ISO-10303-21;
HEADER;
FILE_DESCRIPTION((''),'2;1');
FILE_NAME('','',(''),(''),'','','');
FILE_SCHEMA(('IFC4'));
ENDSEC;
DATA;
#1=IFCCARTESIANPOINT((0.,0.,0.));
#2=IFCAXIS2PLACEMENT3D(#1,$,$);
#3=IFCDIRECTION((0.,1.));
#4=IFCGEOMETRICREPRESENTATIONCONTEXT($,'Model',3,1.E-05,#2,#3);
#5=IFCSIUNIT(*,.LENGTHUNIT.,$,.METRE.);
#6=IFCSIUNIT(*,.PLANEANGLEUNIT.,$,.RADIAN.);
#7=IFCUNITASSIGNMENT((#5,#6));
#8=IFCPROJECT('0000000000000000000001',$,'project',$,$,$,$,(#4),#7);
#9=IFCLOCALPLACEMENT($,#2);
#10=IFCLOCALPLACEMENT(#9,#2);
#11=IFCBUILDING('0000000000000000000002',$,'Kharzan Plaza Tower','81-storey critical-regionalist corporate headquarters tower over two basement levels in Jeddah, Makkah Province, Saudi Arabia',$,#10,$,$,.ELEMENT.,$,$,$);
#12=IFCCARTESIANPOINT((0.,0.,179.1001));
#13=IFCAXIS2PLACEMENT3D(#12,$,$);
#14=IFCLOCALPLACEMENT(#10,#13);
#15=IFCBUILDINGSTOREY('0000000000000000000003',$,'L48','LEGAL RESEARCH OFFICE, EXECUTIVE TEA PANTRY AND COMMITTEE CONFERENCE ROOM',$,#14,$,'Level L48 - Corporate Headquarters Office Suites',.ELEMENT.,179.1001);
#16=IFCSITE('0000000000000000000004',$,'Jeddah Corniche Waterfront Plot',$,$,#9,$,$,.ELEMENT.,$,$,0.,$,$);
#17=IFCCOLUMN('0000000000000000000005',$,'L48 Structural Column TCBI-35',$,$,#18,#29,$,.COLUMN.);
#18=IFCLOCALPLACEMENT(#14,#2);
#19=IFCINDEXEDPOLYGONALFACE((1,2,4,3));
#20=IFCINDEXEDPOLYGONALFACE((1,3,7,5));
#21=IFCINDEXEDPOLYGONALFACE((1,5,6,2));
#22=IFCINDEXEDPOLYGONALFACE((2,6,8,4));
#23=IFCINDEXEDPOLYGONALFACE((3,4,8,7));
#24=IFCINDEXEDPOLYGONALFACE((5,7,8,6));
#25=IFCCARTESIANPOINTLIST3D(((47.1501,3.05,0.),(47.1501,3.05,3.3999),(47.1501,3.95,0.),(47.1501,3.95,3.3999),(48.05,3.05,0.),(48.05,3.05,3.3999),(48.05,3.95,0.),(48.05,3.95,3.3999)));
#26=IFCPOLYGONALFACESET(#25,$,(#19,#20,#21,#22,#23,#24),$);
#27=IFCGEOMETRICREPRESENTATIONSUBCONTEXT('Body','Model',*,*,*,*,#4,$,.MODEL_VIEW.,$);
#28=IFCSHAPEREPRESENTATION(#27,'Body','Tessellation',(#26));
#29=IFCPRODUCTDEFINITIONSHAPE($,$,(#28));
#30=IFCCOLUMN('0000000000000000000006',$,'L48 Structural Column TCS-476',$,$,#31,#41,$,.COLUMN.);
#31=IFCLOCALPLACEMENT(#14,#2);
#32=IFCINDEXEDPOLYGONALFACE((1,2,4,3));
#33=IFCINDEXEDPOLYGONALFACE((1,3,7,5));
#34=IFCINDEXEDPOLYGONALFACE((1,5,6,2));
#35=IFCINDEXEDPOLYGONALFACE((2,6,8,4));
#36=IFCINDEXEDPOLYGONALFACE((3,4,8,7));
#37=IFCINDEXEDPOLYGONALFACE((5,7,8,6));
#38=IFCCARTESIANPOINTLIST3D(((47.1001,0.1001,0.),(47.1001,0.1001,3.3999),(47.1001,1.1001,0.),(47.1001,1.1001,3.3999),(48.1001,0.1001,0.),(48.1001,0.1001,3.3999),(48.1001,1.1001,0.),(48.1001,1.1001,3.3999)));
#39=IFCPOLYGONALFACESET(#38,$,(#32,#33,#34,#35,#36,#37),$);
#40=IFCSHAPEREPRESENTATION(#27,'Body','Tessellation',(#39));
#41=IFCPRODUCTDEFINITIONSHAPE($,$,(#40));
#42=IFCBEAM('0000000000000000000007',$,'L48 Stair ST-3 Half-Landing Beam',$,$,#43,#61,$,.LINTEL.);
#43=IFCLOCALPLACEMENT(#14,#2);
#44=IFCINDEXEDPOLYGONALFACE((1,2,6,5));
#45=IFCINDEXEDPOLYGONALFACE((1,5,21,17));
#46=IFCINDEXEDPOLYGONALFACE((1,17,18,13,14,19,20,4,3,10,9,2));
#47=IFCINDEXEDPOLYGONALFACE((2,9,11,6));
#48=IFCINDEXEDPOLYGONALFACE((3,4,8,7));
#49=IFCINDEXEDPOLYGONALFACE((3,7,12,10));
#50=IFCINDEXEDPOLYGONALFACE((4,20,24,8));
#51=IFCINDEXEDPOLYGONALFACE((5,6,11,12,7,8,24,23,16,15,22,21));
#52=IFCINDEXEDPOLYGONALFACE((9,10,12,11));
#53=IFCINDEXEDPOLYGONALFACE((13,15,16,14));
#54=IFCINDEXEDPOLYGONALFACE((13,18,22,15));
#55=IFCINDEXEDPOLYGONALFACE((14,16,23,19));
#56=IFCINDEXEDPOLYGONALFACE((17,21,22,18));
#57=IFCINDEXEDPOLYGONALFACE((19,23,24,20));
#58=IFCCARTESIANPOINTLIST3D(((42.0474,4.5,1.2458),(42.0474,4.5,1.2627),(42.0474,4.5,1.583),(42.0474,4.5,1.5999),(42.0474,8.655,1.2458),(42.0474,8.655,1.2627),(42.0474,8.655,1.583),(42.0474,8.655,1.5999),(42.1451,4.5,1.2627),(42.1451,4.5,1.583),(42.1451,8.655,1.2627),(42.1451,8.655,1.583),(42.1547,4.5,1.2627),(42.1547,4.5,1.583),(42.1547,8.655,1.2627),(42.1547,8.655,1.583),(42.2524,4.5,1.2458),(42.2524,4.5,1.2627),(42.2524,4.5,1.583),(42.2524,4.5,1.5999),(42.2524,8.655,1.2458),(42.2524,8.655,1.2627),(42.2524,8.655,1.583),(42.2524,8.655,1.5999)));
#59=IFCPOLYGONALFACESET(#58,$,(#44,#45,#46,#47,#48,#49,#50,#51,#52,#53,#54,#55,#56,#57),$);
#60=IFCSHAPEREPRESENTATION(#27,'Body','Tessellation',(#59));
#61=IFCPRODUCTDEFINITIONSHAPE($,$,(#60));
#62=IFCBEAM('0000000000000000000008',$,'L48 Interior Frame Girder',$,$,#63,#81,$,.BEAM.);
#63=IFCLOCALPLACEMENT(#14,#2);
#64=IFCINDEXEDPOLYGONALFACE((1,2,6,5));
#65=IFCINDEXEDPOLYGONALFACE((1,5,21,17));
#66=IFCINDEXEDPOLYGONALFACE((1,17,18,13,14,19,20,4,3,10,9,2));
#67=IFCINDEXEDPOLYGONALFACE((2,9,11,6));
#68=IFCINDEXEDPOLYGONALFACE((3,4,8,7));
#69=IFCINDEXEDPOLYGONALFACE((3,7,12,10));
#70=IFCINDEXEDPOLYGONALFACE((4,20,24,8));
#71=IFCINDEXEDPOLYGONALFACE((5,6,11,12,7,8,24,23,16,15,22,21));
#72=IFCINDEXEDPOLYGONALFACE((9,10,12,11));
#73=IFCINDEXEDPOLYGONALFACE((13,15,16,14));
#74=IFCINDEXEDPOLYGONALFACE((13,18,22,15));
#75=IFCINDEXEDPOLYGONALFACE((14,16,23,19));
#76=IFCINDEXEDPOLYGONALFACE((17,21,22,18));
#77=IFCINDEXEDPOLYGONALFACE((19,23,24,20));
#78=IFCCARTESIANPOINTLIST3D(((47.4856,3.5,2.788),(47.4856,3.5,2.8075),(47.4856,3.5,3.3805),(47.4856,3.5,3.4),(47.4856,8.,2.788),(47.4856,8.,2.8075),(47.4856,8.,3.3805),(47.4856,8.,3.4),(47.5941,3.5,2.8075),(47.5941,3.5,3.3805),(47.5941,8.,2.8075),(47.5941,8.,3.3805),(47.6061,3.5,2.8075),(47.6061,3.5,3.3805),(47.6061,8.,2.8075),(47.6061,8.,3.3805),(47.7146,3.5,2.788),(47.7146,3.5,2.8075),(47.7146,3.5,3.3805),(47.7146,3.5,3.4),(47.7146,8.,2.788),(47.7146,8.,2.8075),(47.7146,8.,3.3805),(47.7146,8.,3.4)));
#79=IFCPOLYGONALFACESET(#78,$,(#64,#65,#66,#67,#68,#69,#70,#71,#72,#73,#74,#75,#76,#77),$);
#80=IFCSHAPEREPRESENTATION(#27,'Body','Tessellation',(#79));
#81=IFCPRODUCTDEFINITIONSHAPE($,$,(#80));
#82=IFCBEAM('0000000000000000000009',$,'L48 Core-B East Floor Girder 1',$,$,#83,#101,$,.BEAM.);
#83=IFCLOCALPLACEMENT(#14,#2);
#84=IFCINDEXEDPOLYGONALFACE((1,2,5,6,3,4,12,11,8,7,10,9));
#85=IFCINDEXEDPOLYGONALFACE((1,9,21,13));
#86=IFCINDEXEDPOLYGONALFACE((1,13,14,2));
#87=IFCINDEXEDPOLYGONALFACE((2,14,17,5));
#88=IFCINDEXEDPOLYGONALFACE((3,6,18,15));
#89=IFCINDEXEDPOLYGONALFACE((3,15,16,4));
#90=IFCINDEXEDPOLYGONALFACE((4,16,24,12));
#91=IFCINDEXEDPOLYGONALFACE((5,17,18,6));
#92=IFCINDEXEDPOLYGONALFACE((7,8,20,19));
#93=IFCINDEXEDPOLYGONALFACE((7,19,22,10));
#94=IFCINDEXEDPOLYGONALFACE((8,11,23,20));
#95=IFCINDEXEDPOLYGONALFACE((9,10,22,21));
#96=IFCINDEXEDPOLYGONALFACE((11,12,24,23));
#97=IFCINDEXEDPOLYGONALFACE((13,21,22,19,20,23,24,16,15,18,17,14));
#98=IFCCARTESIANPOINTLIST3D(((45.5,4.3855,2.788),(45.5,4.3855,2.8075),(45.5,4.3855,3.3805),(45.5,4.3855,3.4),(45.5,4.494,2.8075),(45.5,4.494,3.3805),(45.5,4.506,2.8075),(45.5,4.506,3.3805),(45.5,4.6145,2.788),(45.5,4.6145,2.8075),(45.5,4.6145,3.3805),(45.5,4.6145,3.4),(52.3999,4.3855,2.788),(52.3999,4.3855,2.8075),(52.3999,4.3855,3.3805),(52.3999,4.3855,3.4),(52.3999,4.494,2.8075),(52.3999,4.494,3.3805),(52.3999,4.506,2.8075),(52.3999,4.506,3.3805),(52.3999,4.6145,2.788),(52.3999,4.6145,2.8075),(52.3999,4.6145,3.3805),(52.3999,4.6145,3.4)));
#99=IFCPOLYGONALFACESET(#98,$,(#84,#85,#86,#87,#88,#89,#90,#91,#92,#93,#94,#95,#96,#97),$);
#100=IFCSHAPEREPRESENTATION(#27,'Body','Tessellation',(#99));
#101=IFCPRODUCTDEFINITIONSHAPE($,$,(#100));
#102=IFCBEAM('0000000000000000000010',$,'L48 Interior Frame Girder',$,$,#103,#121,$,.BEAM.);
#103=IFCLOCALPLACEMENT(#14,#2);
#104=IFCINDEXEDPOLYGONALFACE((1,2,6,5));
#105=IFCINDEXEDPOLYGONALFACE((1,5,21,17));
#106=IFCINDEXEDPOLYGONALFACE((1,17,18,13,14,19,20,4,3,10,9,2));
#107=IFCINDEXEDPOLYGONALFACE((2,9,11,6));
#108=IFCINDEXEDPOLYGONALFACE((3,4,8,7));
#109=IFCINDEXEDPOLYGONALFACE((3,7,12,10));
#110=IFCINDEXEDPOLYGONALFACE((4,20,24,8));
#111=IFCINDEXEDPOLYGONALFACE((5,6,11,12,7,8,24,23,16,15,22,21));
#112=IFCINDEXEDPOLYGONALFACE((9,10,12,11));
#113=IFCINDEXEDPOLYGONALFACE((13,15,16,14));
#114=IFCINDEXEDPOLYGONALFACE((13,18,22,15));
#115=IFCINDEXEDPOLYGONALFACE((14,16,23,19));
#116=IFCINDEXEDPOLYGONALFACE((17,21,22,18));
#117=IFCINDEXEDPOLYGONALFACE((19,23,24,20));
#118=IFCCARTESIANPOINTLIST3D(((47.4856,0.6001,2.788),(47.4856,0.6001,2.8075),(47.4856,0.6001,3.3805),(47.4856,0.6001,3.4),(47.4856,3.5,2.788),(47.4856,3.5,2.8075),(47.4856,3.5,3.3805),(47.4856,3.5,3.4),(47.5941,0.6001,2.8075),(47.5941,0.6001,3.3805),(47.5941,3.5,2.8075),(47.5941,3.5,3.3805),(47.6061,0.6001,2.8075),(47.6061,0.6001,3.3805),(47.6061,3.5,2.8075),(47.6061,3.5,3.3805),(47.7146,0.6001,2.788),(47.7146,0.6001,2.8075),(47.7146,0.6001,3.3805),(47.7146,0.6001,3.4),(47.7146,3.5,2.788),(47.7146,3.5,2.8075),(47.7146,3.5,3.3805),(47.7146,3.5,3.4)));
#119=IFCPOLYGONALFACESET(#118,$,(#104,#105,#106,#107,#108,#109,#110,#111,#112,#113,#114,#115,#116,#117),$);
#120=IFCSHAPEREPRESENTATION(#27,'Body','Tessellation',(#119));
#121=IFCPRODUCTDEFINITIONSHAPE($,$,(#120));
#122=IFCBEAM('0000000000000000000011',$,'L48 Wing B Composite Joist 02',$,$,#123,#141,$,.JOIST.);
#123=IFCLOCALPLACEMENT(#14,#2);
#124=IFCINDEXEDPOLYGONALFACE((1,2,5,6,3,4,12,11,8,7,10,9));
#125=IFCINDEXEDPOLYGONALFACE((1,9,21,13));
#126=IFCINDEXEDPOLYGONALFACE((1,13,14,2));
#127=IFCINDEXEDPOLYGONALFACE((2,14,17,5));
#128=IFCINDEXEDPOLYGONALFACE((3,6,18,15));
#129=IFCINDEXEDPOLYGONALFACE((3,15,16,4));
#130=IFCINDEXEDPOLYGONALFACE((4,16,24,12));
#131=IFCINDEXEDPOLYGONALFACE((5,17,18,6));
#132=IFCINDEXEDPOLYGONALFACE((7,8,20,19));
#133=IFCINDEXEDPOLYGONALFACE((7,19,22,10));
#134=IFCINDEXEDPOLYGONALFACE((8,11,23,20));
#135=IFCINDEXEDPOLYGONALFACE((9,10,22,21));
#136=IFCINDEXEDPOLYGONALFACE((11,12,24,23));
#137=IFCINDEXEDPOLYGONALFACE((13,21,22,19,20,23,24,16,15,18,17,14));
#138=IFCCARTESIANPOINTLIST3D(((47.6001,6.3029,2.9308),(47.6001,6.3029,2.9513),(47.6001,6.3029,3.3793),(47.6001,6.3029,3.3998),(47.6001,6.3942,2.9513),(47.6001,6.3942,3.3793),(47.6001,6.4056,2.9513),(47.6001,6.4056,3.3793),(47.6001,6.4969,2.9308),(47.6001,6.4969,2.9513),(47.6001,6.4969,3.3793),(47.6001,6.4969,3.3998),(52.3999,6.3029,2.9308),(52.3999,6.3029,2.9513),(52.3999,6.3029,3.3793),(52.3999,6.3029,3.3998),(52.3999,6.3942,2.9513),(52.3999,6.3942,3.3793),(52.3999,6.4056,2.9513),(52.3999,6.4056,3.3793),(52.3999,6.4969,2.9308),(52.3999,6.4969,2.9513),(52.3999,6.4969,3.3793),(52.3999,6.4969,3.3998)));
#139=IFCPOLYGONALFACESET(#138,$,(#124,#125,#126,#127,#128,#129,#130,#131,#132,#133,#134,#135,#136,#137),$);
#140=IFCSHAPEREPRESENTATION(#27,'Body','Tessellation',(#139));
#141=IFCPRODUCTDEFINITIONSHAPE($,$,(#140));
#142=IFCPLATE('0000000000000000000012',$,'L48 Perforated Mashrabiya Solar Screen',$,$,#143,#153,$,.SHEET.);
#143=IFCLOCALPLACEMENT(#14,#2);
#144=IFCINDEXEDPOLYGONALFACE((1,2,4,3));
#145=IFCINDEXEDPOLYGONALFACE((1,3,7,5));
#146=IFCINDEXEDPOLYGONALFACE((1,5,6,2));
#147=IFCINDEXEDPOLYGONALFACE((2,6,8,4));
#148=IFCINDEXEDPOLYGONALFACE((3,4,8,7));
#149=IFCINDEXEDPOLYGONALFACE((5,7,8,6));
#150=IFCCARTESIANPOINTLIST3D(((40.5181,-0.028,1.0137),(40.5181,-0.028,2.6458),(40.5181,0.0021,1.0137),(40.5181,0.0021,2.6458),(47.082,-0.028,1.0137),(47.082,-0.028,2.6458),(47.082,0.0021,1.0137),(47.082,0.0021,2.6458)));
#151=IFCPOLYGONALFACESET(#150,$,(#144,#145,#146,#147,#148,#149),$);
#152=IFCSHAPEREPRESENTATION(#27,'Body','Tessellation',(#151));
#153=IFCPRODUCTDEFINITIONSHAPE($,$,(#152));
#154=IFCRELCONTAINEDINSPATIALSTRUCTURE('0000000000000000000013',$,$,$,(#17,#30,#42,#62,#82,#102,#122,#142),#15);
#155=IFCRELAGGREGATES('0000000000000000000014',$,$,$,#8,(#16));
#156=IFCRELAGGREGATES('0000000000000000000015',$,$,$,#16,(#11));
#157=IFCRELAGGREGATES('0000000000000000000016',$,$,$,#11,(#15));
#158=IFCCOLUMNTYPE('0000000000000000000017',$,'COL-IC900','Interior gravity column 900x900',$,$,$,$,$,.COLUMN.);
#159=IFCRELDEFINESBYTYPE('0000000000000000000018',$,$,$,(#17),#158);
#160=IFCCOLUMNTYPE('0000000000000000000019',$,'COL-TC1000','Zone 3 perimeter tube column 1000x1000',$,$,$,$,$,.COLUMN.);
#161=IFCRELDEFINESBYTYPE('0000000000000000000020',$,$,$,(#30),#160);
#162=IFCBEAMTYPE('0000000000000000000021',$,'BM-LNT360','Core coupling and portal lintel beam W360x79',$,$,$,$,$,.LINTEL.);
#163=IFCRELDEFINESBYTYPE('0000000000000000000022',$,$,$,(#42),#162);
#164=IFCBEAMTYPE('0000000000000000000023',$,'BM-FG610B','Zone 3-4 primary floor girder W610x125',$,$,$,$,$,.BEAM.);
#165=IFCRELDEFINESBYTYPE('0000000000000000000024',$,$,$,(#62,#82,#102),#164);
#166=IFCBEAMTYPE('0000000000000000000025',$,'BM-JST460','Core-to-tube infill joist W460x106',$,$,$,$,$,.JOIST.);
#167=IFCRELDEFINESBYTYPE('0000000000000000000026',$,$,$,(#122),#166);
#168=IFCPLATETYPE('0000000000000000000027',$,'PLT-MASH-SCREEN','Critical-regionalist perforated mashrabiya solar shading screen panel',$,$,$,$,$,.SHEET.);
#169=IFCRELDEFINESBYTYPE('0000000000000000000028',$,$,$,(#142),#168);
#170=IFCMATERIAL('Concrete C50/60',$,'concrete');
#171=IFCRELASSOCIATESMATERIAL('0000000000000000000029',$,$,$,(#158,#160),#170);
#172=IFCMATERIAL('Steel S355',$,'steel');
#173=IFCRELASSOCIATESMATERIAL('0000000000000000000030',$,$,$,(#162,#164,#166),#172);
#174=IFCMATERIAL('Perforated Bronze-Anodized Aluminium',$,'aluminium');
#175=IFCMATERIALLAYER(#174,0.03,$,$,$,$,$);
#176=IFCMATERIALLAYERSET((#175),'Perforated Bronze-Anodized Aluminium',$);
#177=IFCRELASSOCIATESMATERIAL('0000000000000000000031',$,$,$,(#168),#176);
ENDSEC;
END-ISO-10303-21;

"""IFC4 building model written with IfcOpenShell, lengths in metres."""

from ifc_helpers import new_model, si_unit, direction, frame, origin, origin_2d, place, context, subcontext, project, spatial, rectangle, i_section, extrude, source, transform, mapped, material, layer, layer_set, material_profile, profile_set, type_object, element, save


model = new_model("IFC4")

# Units and contexts
model_context = context("Model", 3, precision=1e-05, world=origin(), true_north=direction((0.0, 1.0)))
body_context = subcontext(model_context, "Body", "Model", "MODEL_VIEW")
ifc_project = project(units=[si_unit("LENGTHUNIT", "METRE"), si_unit("PLANEANGLEUNIT", "RADIAN")], contexts=[model_context])

# Site, building, storey
site_placement = place(None, origin())
site = spatial("IfcSite", under=ifc_project, at=site_placement, Name="Jeddah Corniche Waterfront Plot", CompositionType="ELEMENT", RefElevation=0.0)
building_placement = place(site_placement, origin())
building = spatial("IfcBuilding", under=site, at=building_placement, Name="Kharzan Plaza Tower", Description="81-storey critical-regionalist corporate headquarters tower over two basement levels in Jeddah, Makkah Province, Saudi Arabia", CompositionType="ELEMENT")
storey_placement = place(building_placement, frame((0.0, 0.0, 179.1001)))
storey = spatial("IfcBuildingStorey", under=building, at=storey_placement, Name="L48", Description="LEGAL RESEARCH OFFICE, EXECUTIVE TEA PANTRY AND COMMITTEE CONFERENCE ROOM", LongName="Level L48 - Corporate Headquarters Office Suites", CompositionType="ELEMENT", Elevation=179.1001)

# Columns
ifc_material_1 = material(Name="Concrete C50/60", Category="concrete")
ifc_material_profile_1 = material_profile(ifc_material_1, rectangle(XDim=0.8999, YDim=0.8999, at=origin_2d()), Name="RC-IC900x900")
ifc_profile_set_1 = profile_set([ifc_material_profile_1], Name="Concrete C50/60")
column_type_1 = type_object("IfcColumnType", Name="COL-IC900", Description="Interior gravity column 900x900", PredefinedType="COLUMN", material=ifc_profile_set_1)
shared_shape_1 = source(origin(), body_context, "Body", "SweptSolid", [
    extrude(rectangle(XDim=0.8999, YDim=0.8999, at=origin_2d()), origin(), (0.0, 0.0, 1.0), 3.3999),
])
column_1_placement = place(storey_placement, frame((47.6001, 3.5, 0.0), z_axis=(0.0, 0.0, 1.0), x_axis=(1.0, 0.0, 0.0)))
element("IfcColumn", 1, at=column_1_placement, inside=storey, type_object=column_type_1, Name="L48 Structural Column TCBI-35", PredefinedType="COLUMN", context=body_context, shape_type="MappedRepresentation", body=[
    mapped(shared_shape_1, transform((0.0, 0.0, 0.0), x_axis=(1.0, 0.0, 0.0), y_axis=(0.0, 1.0, 0.0), z_axis=(0.0, 0.0, 1.0))),
])
ifc_material_profile_2 = material_profile(ifc_material_1, rectangle(XDim=1.0, YDim=1.0, at=origin_2d()), Name="RC-TC1000x1000")
ifc_profile_set_2 = profile_set([ifc_material_profile_2], Name="Concrete C50/60")
column_type_2 = type_object("IfcColumnType", Name="COL-TC1000", Description="Zone 3 perimeter tube column 1000x1000", PredefinedType="COLUMN", material=ifc_profile_set_2)
shared_shape_2 = source(origin(), body_context, "Body", "SweptSolid", [
    extrude(rectangle(XDim=1.0, YDim=1.0, at=origin_2d()), origin(), (0.0, 0.0, 1.0), 3.3999),
])
column_2_placement = place(storey_placement, frame((47.6001, 0.6001, 0.0), z_axis=(0.0, 0.0, 1.0), x_axis=(1.0, 0.0, 0.0)))
element("IfcColumn", 2, at=column_2_placement, inside=storey, type_object=column_type_2, Name="L48 Structural Column TCS-476", PredefinedType="COLUMN", context=body_context, shape_type="MappedRepresentation", body=[
    mapped(shared_shape_2, transform((0.0, 0.0, 0.0), x_axis=(1.0, 0.0, 0.0), y_axis=(0.0, 1.0, 0.0), z_axis=(0.0, 0.0, 1.0))),
])

# Beams
ifc_material_2 = material(Name="Steel S355", Category="steel")
ifc_material_profile_3 = material_profile(ifc_material_2, i_section(OverallWidth=0.2051, OverallDepth=0.354, WebThickness=0.0095, FlangeThickness=0.0168, at=origin_2d()), Name="W360x79")
ifc_profile_set_3 = profile_set([ifc_material_profile_3], Name="Steel S355")
beam_type_1 = type_object("IfcBeamType", Name="BM-LNT360", Description="Core coupling and portal lintel beam W360x79", PredefinedType="LINTEL", material=ifc_profile_set_3)
shared_shape_3 = source(origin(), body_context, "Body", "SweptSolid", [
    extrude(i_section(OverallWidth=0.2051, OverallDepth=0.354, WebThickness=0.0095, FlangeThickness=0.0168, at=origin_2d()), origin(), (0.0, 0.0, 1.0), 4.155),
])
beam_1_placement = place(storey_placement, frame((42.1499, 4.5, 1.4229), z_axis=(0.0, 1.0, 0.0), x_axis=(-1.0, 0.0, 0.0)))
element("IfcBeam", 3, at=beam_1_placement, inside=storey, type_object=beam_type_1, Name="L48 Stair ST-3 Half-Landing Beam", PredefinedType="LINTEL", context=body_context, shape_type="MappedRepresentation", body=[
    mapped(shared_shape_3, transform((0.0, 0.0, 0.0), x_axis=(1.0, 0.0, 0.0), y_axis=(0.0, 1.0, 0.0), z_axis=(0.0, 0.0, 1.0))),
])
ifc_material_profile_4 = material_profile(ifc_material_2, i_section(OverallWidth=0.229, OverallDepth=0.6121, WebThickness=0.012, FlangeThickness=0.0195, at=origin_2d()), Name="W610x125")
ifc_profile_set_4 = profile_set([ifc_material_profile_4], Name="Steel S355")
beam_type_2 = type_object("IfcBeamType", Name="BM-FG610B", Description="Zone 3-4 primary floor girder W610x125", PredefinedType="BEAM", material=ifc_profile_set_4)
shared_shape_4 = source(origin(), body_context, "Body", "SweptSolid", [
    extrude(i_section(OverallWidth=0.229, OverallDepth=0.6121, WebThickness=0.012, FlangeThickness=0.0195, at=origin_2d()), origin(), (0.0, 0.0, 1.0), 4.5),
])
beam_2_placement = place(storey_placement, frame((47.6001, 3.5, 3.094), z_axis=(0.0, 1.0, 0.0), x_axis=(-1.0, 0.0, 0.0)))
element("IfcBeam", 4, at=beam_2_placement, inside=storey, type_object=beam_type_2, Name="L48 Interior Frame Girder", PredefinedType="BEAM", context=body_context, shape_type="MappedRepresentation", body=[
    mapped(shared_shape_4, transform((0.0, 0.0, 0.0), x_axis=(1.0, 0.0, 0.0), y_axis=(0.0, 1.0, 0.0), z_axis=(0.0, 0.0, 1.0))),
])
shared_shape_5 = source(origin(), body_context, "Body", "SweptSolid", [
    extrude(i_section(OverallWidth=0.229, OverallDepth=0.6121, WebThickness=0.012, FlangeThickness=0.0195, at=origin_2d()), origin(), (0.0, 0.0, 1.0), 6.8999),
])
beam_3_placement = place(storey_placement, frame((45.5, 4.5, 3.094), z_axis=(1.0, 0.0, 0.0), x_axis=(0.0, 1.0, 0.0)))
element("IfcBeam", 5, at=beam_3_placement, inside=storey, type_object=beam_type_2, Name="L48 Core-B East Floor Girder 1", PredefinedType="BEAM", context=body_context, shape_type="MappedRepresentation", body=[
    mapped(shared_shape_5, transform((0.0, 0.0, 0.0), x_axis=(1.0, 0.0, 0.0), y_axis=(0.0, 1.0, 0.0), z_axis=(0.0, 0.0, 1.0))),
])
shared_shape_6 = source(origin(), body_context, "Body", "SweptSolid", [
    extrude(i_section(OverallWidth=0.229, OverallDepth=0.6121, WebThickness=0.012, FlangeThickness=0.0195, at=origin_2d()), origin(), (0.0, 0.0, 1.0), 2.8999),
])
beam_4_placement = place(storey_placement, frame((47.6001, 0.6001, 3.094), z_axis=(0.0, 1.0, 0.0), x_axis=(-1.0, 0.0, 0.0)))
element("IfcBeam", 6, at=beam_4_placement, inside=storey, type_object=beam_type_2, Name="L48 Interior Frame Girder", PredefinedType="BEAM", context=body_context, shape_type="MappedRepresentation", body=[
    mapped(shared_shape_6, transform((0.0, 0.0, 0.0), x_axis=(1.0, 0.0, 0.0), y_axis=(0.0, 1.0, 0.0), z_axis=(0.0, 0.0, 1.0))),
])
ifc_material_profile_5 = material_profile(ifc_material_2, i_section(OverallWidth=0.1941, OverallDepth=0.469, WebThickness=0.0115, FlangeThickness=0.0205, at=origin_2d()), Name="W460x106")
ifc_profile_set_5 = profile_set([ifc_material_profile_5], Name="Steel S355")
beam_type_3 = type_object("IfcBeamType", Name="BM-JST460", Description="Core-to-tube infill joist W460x106", PredefinedType="JOIST", material=ifc_profile_set_5)
shared_shape_7 = source(origin(), body_context, "Body", "SweptSolid", [
    extrude(i_section(OverallWidth=0.1941, OverallDepth=0.469, WebThickness=0.0115, FlangeThickness=0.0205, at=origin_2d()), origin(), (0.0, 0.0, 1.0), 4.7998),
])
beam_5_placement = place(storey_placement, frame((47.6001, 6.3999, 3.1653), z_axis=(1.0, 0.0, 0.0), x_axis=(0.0, 1.0, 0.0)))
element("IfcBeam", 7, at=beam_5_placement, inside=storey, type_object=beam_type_3, Name="L48 Wing B Composite Joist 02", PredefinedType="JOIST", context=body_context, shape_type="MappedRepresentation", body=[
    mapped(shared_shape_7, transform((0.0, 0.0, 0.0), x_axis=(1.0, 0.0, 0.0), y_axis=(0.0, 1.0, 0.0), z_axis=(0.0, 0.0, 1.0))),
])

# Plate
ifc_material_3 = material(Name="Perforated Bronze-Anodized Aluminium", Category="aluminium")
ifc_layer_1 = layer(ifc_material_3, 0.03)
ifc_layer_set_1 = layer_set([ifc_layer_1], Name="Perforated Bronze-Anodized Aluminium")
plate_type = type_object("IfcPlateType", Name="PLT-MASH-SCREEN", Description="Critical-regionalist perforated mashrabiya solar shading screen panel", PredefinedType="SHEET", material=ifc_layer_set_1)
shared_shape_8 = source(origin(), body_context, "Body", "SweptSolid", [
    extrude(rectangle(XDim=6.564, YDim=0.03, at=origin_2d()), origin(), (0.0, 0.0, 1.0), 1.6321),
])
plate_placement = place(storey_placement, frame((43.8, -0.0129, 1.0137), z_axis=(0.0, 0.0, 1.0), x_axis=(1.0, 0.0, 0.0)))
element("IfcPlate", 8, at=plate_placement, inside=storey, type_object=plate_type, Name="L48 Perforated Mashrabiya Solar Screen", PredefinedType="SHEET", context=body_context, shape_type="MappedRepresentation", body=[
    mapped(shared_shape_8, transform((0.0, 0.0, 0.0), x_axis=(1.0, 0.0, 0.0), y_axis=(0.0, 1.0, 0.0), z_axis=(0.0, 0.0, 1.0))),
])

save(model, "model.ifc")
